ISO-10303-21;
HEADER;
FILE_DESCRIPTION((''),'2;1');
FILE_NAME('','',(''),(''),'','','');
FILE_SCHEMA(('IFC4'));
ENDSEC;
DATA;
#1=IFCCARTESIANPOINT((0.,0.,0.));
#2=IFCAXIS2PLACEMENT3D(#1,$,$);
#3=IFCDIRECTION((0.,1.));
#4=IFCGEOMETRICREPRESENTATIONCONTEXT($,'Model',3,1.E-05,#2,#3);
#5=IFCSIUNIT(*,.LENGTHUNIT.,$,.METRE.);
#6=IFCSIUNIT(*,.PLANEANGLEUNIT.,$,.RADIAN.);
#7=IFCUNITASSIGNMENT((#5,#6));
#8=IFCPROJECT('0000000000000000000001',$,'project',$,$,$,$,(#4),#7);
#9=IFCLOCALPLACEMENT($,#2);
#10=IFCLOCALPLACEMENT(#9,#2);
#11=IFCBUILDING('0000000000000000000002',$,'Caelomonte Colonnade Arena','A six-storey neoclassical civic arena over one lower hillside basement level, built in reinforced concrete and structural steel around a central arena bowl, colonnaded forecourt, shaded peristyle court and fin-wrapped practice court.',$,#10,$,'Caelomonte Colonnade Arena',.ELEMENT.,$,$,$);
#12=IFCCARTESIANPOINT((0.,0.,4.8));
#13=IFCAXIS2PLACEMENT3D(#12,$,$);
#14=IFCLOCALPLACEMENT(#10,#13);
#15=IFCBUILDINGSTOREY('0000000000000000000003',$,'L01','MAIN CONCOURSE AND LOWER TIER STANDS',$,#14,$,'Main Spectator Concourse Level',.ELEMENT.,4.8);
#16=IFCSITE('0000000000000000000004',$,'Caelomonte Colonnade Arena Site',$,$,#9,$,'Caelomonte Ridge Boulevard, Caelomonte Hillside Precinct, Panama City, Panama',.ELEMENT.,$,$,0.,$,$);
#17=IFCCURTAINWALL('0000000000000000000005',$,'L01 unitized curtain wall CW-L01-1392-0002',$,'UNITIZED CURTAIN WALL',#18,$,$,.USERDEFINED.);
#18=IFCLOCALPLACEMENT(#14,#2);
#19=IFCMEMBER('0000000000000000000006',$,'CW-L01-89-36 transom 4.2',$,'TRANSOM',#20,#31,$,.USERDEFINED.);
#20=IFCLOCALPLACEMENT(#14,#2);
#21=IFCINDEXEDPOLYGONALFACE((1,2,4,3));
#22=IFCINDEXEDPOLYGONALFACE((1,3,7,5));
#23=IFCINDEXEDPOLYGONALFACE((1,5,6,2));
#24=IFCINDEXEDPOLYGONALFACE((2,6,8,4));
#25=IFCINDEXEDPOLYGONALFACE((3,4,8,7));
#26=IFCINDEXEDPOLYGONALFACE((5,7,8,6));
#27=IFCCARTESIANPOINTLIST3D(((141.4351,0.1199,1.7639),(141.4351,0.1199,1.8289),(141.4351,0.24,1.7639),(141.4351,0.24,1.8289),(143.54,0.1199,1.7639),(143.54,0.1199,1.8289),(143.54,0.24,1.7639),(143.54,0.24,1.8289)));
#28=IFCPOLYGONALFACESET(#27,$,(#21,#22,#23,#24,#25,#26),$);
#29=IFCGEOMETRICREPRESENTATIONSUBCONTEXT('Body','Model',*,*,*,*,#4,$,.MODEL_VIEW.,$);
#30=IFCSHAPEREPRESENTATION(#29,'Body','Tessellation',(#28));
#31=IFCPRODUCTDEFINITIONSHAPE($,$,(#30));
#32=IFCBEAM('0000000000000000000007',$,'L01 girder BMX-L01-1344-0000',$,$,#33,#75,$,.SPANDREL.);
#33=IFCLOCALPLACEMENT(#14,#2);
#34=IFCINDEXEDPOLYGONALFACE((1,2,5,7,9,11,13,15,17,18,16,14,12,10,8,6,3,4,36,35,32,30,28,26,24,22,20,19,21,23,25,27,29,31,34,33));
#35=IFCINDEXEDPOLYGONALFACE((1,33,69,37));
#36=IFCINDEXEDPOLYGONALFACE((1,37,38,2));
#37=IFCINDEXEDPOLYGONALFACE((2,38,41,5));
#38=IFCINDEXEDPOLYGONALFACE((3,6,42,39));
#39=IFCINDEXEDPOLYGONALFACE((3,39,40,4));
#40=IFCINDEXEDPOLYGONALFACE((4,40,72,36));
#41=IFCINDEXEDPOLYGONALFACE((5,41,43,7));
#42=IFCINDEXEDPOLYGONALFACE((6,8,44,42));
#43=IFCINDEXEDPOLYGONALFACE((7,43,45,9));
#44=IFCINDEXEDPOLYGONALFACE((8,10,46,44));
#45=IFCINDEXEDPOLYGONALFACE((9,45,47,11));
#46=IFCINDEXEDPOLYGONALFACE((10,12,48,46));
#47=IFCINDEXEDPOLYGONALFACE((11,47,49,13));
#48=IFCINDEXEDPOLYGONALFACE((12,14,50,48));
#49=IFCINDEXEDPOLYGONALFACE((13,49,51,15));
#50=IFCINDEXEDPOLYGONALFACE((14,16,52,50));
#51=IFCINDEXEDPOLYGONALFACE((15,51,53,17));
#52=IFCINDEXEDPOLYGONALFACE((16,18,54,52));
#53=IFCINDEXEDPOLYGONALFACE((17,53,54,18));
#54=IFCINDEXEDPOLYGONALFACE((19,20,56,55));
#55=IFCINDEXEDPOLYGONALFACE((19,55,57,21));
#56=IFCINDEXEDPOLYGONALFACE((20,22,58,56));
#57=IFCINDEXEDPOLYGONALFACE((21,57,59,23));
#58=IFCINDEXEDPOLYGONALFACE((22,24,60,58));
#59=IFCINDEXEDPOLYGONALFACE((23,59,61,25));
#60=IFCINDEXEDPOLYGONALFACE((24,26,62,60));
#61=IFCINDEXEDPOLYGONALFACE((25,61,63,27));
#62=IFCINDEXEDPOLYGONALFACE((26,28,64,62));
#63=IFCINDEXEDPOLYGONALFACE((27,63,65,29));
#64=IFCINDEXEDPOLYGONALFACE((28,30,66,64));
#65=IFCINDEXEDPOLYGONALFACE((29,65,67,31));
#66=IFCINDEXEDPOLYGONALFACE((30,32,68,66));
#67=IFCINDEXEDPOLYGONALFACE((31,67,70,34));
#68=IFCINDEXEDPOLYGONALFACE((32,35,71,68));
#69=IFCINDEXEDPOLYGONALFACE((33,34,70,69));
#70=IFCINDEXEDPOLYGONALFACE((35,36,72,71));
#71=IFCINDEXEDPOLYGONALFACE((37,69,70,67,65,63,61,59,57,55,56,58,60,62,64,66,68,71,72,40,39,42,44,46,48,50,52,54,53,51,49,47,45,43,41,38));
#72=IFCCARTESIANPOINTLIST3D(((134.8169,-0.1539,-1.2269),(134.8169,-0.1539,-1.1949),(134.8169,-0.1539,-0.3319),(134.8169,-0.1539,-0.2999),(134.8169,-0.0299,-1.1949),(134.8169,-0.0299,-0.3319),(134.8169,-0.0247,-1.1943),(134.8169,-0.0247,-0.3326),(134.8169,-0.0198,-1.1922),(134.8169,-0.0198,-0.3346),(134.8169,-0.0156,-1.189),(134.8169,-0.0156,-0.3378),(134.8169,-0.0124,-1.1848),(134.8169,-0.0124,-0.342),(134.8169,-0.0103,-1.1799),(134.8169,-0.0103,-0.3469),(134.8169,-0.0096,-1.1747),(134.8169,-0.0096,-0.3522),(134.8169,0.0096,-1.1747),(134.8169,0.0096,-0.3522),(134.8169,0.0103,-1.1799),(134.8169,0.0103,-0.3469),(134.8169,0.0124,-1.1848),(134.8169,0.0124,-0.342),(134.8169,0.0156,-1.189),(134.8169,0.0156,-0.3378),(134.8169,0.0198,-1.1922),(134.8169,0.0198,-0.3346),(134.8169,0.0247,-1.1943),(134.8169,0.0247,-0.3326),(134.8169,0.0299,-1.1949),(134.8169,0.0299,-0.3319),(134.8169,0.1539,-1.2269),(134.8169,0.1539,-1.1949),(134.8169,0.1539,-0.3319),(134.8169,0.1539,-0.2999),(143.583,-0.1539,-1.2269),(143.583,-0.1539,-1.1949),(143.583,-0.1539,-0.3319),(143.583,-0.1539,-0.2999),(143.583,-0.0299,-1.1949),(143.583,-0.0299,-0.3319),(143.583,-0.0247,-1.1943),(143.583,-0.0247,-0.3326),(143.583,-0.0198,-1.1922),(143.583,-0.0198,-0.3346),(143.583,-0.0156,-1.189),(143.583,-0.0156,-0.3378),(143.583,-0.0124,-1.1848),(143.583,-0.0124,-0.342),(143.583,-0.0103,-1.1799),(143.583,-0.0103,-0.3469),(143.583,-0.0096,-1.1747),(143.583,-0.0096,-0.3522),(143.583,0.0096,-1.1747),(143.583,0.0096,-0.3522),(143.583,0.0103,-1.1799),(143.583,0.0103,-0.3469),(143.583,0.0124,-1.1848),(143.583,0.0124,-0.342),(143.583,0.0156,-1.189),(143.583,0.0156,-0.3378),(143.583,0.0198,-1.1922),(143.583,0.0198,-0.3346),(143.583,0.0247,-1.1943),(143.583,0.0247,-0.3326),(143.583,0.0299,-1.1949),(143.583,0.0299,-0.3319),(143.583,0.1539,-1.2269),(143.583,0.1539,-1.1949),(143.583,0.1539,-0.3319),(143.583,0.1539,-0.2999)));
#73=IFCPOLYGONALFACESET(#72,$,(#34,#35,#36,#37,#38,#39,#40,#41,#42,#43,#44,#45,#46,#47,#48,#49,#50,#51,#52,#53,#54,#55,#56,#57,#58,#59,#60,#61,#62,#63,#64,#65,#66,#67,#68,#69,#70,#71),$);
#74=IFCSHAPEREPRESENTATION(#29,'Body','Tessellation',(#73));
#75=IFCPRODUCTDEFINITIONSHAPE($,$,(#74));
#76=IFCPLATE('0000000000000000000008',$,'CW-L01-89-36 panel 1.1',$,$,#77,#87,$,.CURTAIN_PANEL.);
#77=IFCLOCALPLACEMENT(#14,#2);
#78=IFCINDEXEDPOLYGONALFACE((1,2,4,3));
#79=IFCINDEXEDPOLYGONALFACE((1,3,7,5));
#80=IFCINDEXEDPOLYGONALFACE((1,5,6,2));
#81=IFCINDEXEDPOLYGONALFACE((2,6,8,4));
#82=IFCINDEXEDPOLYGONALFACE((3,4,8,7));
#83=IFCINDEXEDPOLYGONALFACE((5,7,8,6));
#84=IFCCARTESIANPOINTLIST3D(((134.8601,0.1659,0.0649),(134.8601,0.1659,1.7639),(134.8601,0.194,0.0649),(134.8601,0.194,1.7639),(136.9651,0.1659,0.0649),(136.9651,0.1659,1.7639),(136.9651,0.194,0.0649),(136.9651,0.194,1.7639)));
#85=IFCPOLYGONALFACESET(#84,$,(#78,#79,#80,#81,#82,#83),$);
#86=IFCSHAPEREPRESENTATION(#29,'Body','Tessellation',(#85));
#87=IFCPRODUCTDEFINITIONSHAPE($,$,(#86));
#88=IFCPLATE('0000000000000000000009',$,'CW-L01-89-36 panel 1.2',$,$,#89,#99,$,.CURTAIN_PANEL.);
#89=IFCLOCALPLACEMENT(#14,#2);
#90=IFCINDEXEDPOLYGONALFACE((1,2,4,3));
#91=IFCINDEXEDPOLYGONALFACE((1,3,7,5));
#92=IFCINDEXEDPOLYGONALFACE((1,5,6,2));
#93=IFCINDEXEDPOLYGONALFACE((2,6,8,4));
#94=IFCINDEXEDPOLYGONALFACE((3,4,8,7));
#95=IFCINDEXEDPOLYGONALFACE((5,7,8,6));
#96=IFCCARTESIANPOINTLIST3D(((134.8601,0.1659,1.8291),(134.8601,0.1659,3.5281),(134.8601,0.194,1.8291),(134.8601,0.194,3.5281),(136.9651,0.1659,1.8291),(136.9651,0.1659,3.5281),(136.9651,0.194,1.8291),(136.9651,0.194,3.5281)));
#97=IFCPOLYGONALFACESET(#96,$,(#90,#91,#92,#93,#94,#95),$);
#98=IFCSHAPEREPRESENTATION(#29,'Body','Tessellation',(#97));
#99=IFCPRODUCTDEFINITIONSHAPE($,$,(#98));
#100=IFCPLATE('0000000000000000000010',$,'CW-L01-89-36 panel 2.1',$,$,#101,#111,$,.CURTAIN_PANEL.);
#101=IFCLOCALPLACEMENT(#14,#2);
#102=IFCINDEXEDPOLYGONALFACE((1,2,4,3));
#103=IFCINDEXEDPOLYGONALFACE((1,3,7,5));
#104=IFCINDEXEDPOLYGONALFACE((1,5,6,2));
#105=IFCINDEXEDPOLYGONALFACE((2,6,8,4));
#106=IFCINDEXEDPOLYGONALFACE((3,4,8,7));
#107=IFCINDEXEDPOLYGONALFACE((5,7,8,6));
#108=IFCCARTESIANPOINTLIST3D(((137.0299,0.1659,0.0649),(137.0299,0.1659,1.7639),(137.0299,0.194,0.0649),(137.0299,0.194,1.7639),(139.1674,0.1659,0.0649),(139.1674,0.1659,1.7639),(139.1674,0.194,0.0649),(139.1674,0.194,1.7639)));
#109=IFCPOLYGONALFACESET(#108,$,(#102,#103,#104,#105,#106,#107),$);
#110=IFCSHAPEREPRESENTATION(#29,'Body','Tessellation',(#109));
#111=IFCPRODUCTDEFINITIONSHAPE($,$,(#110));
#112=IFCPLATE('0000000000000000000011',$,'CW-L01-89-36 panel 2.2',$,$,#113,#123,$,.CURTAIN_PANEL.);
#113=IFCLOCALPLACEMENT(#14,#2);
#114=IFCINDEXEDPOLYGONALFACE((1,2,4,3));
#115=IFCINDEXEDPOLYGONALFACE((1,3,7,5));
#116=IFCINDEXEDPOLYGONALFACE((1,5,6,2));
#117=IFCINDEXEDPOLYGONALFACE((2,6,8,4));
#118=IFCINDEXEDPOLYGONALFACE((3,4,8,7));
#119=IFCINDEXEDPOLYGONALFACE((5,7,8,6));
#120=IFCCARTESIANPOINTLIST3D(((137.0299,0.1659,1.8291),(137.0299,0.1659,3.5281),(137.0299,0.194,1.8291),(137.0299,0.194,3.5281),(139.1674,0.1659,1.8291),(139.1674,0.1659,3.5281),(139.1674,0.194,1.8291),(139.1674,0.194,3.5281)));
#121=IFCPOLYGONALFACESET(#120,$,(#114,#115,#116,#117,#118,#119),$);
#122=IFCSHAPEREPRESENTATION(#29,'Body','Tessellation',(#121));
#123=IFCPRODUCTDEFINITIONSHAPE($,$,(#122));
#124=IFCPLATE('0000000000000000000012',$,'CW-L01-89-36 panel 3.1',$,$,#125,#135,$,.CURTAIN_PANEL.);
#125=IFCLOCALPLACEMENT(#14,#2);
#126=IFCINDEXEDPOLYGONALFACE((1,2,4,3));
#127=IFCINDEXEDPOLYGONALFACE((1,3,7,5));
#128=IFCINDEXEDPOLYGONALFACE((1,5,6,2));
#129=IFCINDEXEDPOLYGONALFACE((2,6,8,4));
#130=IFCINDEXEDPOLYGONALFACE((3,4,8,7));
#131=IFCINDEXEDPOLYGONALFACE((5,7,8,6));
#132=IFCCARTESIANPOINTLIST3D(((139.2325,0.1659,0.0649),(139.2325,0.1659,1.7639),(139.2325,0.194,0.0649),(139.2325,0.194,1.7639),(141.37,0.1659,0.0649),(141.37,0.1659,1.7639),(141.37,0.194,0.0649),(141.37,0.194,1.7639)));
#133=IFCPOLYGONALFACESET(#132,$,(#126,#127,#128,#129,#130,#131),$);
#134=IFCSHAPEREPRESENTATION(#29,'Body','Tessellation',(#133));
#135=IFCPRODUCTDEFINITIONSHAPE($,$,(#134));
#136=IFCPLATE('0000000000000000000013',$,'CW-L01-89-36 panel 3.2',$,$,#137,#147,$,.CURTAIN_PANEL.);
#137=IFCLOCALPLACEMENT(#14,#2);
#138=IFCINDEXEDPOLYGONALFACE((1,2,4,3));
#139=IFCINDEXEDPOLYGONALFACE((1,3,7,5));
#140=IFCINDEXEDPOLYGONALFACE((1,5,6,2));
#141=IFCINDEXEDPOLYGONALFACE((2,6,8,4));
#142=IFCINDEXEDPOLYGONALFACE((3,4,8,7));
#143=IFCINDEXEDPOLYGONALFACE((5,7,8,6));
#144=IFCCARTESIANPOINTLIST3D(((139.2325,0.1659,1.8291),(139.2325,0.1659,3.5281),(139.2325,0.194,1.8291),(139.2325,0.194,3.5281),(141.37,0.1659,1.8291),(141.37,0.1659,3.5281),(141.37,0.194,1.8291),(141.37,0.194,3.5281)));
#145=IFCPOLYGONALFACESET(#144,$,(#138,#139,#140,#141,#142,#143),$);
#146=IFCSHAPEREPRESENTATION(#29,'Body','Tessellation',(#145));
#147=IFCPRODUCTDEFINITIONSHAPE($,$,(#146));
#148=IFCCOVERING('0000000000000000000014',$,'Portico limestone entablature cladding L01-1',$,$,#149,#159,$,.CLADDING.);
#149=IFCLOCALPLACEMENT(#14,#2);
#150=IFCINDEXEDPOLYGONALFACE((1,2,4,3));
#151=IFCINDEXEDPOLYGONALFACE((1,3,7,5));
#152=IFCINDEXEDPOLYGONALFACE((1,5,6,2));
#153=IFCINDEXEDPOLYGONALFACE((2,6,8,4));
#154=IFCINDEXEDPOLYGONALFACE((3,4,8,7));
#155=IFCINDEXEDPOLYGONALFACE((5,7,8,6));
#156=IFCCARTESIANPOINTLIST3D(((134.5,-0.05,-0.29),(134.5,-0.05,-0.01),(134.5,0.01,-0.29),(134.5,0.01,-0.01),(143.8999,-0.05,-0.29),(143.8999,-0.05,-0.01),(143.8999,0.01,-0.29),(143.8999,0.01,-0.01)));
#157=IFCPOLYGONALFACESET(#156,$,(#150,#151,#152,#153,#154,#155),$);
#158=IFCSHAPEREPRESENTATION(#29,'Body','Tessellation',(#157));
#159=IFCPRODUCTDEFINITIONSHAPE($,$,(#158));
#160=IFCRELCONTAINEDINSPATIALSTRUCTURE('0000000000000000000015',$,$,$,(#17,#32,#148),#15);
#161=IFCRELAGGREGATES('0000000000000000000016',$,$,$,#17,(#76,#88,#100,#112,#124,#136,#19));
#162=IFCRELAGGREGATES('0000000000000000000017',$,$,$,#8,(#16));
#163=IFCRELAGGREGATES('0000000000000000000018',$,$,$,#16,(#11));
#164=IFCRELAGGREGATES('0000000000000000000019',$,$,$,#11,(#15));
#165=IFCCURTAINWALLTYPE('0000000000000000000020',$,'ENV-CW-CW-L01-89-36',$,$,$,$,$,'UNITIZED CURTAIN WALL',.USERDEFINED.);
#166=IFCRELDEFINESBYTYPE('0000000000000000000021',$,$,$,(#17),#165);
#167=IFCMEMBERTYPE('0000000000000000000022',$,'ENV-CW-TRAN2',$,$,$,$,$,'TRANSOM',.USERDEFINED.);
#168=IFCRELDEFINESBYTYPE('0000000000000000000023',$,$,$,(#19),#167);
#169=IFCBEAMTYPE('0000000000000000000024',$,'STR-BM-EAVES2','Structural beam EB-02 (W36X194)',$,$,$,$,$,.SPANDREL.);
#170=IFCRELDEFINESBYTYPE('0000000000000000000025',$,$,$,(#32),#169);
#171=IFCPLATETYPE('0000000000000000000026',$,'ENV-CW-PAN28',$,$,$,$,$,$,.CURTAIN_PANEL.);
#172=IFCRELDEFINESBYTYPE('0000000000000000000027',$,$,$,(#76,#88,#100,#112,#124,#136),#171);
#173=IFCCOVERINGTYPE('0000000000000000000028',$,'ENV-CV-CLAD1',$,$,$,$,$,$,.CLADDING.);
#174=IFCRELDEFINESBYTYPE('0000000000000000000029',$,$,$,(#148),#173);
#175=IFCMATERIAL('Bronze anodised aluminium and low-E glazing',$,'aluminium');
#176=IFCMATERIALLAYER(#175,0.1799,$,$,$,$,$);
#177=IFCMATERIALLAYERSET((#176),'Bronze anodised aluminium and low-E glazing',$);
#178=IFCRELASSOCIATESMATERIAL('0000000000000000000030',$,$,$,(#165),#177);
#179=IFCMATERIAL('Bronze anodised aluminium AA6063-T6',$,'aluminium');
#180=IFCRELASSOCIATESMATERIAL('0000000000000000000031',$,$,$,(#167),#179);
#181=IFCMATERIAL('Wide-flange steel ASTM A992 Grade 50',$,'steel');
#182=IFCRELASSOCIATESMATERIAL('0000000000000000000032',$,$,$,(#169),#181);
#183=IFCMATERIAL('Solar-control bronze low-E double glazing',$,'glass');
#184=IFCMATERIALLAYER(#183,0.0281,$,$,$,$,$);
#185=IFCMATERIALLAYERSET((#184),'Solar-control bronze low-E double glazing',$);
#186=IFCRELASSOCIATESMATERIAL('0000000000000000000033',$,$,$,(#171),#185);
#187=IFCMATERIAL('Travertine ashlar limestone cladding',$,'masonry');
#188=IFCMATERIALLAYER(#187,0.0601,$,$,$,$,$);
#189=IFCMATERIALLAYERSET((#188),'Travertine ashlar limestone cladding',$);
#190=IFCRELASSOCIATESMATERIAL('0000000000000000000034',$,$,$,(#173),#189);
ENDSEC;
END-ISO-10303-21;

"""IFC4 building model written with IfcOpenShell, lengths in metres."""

from ifc_helpers import new_model, si_unit, direction, frame, origin, origin_2d, place, context, subcontext, project, spatial, rectangle, i_section, extrude, material, layer, layer_set, material_profile, profile_set, type_object, element, aggregate, save


model = new_model("IFC4")

# Units and contexts
model_context = context("Model", 3, precision=1e-05, world=origin(), true_north=direction((0.0, 1.0)))
body_context = subcontext(model_context, "Body", "Model", "MODEL_VIEW")
ifc_project = project(units=[si_unit("LENGTHUNIT", "METRE"), si_unit("PLANEANGLEUNIT", "RADIAN")], contexts=[model_context])

# Site, building, storey
site_placement = place(None, origin())
site = spatial("IfcSite", under=ifc_project, at=site_placement, Name="Caelomonte Colonnade Arena Site", LongName="Caelomonte Ridge Boulevard, Caelomonte Hillside Precinct, Panama City, Panama", CompositionType="ELEMENT", RefElevation=0.0)
building_placement = place(site_placement, origin())
building = spatial("IfcBuilding", under=site, at=building_placement, Name="Caelomonte Colonnade Arena", Description="A six-storey neoclassical civic arena over one lower hillside basement level, built in reinforced concrete and structural steel around a central arena bowl, colonnaded forecourt, shaded peristyle court and fin-wrapped practice court.", LongName="Caelomonte Colonnade Arena", CompositionType="ELEMENT")
storey_placement = place(building_placement, frame((0.0, 0.0, 4.8)))
storey = spatial("IfcBuildingStorey", under=building, at=storey_placement, Name="L01", Description="MAIN CONCOURSE AND LOWER TIER STANDS", LongName="Main Spectator Concourse Level", CompositionType="ELEMENT", Elevation=4.8)

# Curtain wall
ifc_material_1 = material(Name="Bronze anodised aluminium and low-E glazing", Category="aluminium")
ifc_layer_1 = layer(ifc_material_1, 0.1799)
ifc_layer_set_1 = layer_set([ifc_layer_1], Name="Bronze anodised aluminium and low-E glazing")
curtain_wall_type_1 = type_object("IfcCurtainWallType", Name="ENV-CW-CW-L01-89-36", ElementType="UNITIZED CURTAIN WALL", PredefinedType="USERDEFINED", material=ifc_layer_set_1)
curtain_wall_1_placement = place(storey_placement, origin())
curtain_wall_1 = element("IfcCurtainWall", 1, at=curtain_wall_1_placement, inside=storey, type_object=curtain_wall_type_1, Name="L01 unitized curtain wall CW-L01-1392-0002", ObjectType="UNITIZED CURTAIN WALL", PredefinedType="USERDEFINED")
ifc_material_2 = material(Name="Bronze anodised aluminium AA6063-T6", Category="aluminium")

# Shared definitions
ifc_material_profile_1 = material_profile(ifc_material_2, rectangle(XDim=0.0649, YDim=0.1201, at=origin_2d()), Name="CWT-65X120")
ifc_profile_set_1 = profile_set([ifc_material_profile_1], Name="Bronze anodised aluminium AA6063-T6")
member_type_1 = type_object("IfcMemberType", Name="ENV-CW-TRAN2", ElementType="TRANSOM", PredefinedType="USERDEFINED", material=ifc_profile_set_1)

# Member
member_1_placement = place(storey_placement, frame((141.4351, 0.1799, 1.7964), z_axis=(1.0, 0.0, 0.0), x_axis=(0.0, 0.0, 1.0)))
member_1 = element("IfcMember", 2, at=member_1_placement, type_object=member_type_1, Name="CW-L01-89-36 transom 4.2", ObjectType="TRANSOM", PredefinedType="USERDEFINED", context=body_context, shape_type="SweptSolid", body=[
    extrude(rectangle(XDim=0.0649, YDim=0.1201, at=origin_2d()), origin(), (0.0, 0.0, 1.0), 2.105),
])

# Beam
ifc_material_3 = material(Name="Wide-flange steel ASTM A992 Grade 50", Category="steel")
ifc_material_profile_2 = material_profile(ifc_material_3, i_section(OverallWidth=0.3079, OverallDepth=0.927, WebThickness=0.0193, FlangeThickness=0.032, FilletRadius=0.0203, at=origin_2d()), Name="W36X194")
ifc_profile_set_2 = profile_set([ifc_material_profile_2], Name="Wide-flange steel ASTM A992 Grade 50")
beam_type = type_object("IfcBeamType", Name="STR-BM-EAVES2", Description="Structural beam EB-02 (W36X194)", PredefinedType="SPANDREL", material=ifc_profile_set_2)
beam_placement = place(storey_placement, frame((134.8169, 0.0, -0.7634), z_axis=(1.0, 0.0, 0.0), x_axis=(0.0, 1.0, 0.0)))
element("IfcBeam", 3, at=beam_placement, inside=storey, type_object=beam_type, Name="L01 girder BMX-L01-1344-0000", PredefinedType="SPANDREL", context=body_context, shape_type="SweptSolid", body=[
    extrude(i_section(OverallWidth=0.3079, OverallDepth=0.927, WebThickness=0.0193, FlangeThickness=0.032, FilletRadius=0.0203, at=origin_2d()), origin(), (0.0, 0.0, 1.0), 8.7661),
])

# Plates
ifc_material_4 = material(Name="Solar-control bronze low-E double glazing", Category="glass")
ifc_layer_2 = layer(ifc_material_4, 0.0281)
ifc_layer_set_2 = layer_set([ifc_layer_2], Name="Solar-control bronze low-E double glazing")
plate_type = type_object("IfcPlateType", Name="ENV-CW-PAN28", PredefinedType="CURTAIN_PANEL", material=ifc_layer_set_2)
plate_1_placement = place(storey_placement, frame((135.9126, 0.1799, 0.0649), z_axis=(0.0, 0.0, 1.0), x_axis=(1.0, 0.0, 0.0)))
plate_1 = element("IfcPlate", 4, at=plate_1_placement, type_object=plate_type, Name="CW-L01-89-36 panel 1.1", PredefinedType="CURTAIN_PANEL", context=body_context, shape_type="SweptSolid", body=[
    extrude(rectangle(XDim=2.105, YDim=0.0281, at=origin_2d()), origin(), (0.0, 0.0, 1.0), 1.699),
])
plate_2_placement = place(storey_placement, frame((135.9126, 0.1799, 1.8291), z_axis=(0.0, 0.0, 1.0), x_axis=(1.0, 0.0, 0.0)))
plate_2 = element("IfcPlate", 5, at=plate_2_placement, type_object=plate_type, Name="CW-L01-89-36 panel 1.2", PredefinedType="CURTAIN_PANEL", context=body_context, shape_type="SweptSolid", body=[
    extrude(rectangle(XDim=2.105, YDim=0.0281, at=origin_2d()), origin(), (0.0, 0.0, 1.0), 1.699),
])
plate_3_placement = place(storey_placement, frame((138.0986, 0.1799, 0.0649), z_axis=(0.0, 0.0, 1.0), x_axis=(1.0, 0.0, 0.0)))
plate_3 = element("IfcPlate", 6, at=plate_3_placement, type_object=plate_type, Name="CW-L01-89-36 panel 2.1", PredefinedType="CURTAIN_PANEL", context=body_context, shape_type="SweptSolid", body=[
    extrude(rectangle(XDim=2.1375, YDim=0.0281, at=origin_2d()), origin(), (0.0, 0.0, 1.0), 1.699),
])
plate_4_placement = place(storey_placement, frame((138.0986, 0.1799, 1.8291), z_axis=(0.0, 0.0, 1.0), x_axis=(1.0, 0.0, 0.0)))
plate_4 = element("IfcPlate", 7, at=plate_4_placement, type_object=plate_type, Name="CW-L01-89-36 panel 2.2", PredefinedType="CURTAIN_PANEL", context=body_context, shape_type="SweptSolid", body=[
    extrude(rectangle(XDim=2.1375, YDim=0.0281, at=origin_2d()), origin(), (0.0, 0.0, 1.0), 1.699),
])
plate_5_placement = place(storey_placement, frame((140.3013, 0.1799, 0.0649), z_axis=(0.0, 0.0, 1.0), x_axis=(1.0, 0.0, 0.0)))
plate_5 = element("IfcPlate", 8, at=plate_5_placement, type_object=plate_type, Name="CW-L01-89-36 panel 3.1", PredefinedType="CURTAIN_PANEL", context=body_context, shape_type="SweptSolid", body=[
    extrude(rectangle(XDim=2.1375, YDim=0.0281, at=origin_2d()), origin(), (0.0, 0.0, 1.0), 1.699),
])
plate_6_placement = place(storey_placement, frame((140.3013, 0.1799, 1.8291), z_axis=(0.0, 0.0, 1.0), x_axis=(1.0, 0.0, 0.0)))
plate_6 = element("IfcPlate", 9, at=plate_6_placement, type_object=plate_type, Name="CW-L01-89-36 panel 3.2", PredefinedType="CURTAIN_PANEL", context=body_context, shape_type="SweptSolid", body=[
    extrude(rectangle(XDim=2.1375, YDim=0.0281, at=origin_2d()), origin(), (0.0, 0.0, 1.0), 1.699),
])
aggregate(curtain_wall_1, [plate_1, plate_2, plate_3, plate_4, plate_5, plate_6, member_1])

# Covering
ifc_material_5 = material(Name="Travertine ashlar limestone cladding", Category="masonry")
ifc_layer_3 = layer(ifc_material_5, 0.0601)
ifc_layer_set_3 = layer_set([ifc_layer_3], Name="Travertine ashlar limestone cladding")
covering_type = type_object("IfcCoveringType", Name="ENV-CV-CLAD1", PredefinedType="CLADDING", material=ifc_layer_set_3)
covering_placement = place(storey_placement, frame((139.2, -0.02, -0.29), z_axis=(0.0, 0.0, 1.0), x_axis=(1.0, 0.0, 0.0)))
element("IfcCovering", 10, at=covering_placement, inside=storey, type_object=covering_type, Name="Portico limestone entablature cladding L01-1", PredefinedType="CLADDING", context=body_context, shape_type="SweptSolid", body=[
    extrude(rectangle(XDim=9.3999, YDim=0.0601, at=origin_2d()), origin(), (0.0, 0.0, 1.0), 0.28),
])

save(model, "model.ifc")
